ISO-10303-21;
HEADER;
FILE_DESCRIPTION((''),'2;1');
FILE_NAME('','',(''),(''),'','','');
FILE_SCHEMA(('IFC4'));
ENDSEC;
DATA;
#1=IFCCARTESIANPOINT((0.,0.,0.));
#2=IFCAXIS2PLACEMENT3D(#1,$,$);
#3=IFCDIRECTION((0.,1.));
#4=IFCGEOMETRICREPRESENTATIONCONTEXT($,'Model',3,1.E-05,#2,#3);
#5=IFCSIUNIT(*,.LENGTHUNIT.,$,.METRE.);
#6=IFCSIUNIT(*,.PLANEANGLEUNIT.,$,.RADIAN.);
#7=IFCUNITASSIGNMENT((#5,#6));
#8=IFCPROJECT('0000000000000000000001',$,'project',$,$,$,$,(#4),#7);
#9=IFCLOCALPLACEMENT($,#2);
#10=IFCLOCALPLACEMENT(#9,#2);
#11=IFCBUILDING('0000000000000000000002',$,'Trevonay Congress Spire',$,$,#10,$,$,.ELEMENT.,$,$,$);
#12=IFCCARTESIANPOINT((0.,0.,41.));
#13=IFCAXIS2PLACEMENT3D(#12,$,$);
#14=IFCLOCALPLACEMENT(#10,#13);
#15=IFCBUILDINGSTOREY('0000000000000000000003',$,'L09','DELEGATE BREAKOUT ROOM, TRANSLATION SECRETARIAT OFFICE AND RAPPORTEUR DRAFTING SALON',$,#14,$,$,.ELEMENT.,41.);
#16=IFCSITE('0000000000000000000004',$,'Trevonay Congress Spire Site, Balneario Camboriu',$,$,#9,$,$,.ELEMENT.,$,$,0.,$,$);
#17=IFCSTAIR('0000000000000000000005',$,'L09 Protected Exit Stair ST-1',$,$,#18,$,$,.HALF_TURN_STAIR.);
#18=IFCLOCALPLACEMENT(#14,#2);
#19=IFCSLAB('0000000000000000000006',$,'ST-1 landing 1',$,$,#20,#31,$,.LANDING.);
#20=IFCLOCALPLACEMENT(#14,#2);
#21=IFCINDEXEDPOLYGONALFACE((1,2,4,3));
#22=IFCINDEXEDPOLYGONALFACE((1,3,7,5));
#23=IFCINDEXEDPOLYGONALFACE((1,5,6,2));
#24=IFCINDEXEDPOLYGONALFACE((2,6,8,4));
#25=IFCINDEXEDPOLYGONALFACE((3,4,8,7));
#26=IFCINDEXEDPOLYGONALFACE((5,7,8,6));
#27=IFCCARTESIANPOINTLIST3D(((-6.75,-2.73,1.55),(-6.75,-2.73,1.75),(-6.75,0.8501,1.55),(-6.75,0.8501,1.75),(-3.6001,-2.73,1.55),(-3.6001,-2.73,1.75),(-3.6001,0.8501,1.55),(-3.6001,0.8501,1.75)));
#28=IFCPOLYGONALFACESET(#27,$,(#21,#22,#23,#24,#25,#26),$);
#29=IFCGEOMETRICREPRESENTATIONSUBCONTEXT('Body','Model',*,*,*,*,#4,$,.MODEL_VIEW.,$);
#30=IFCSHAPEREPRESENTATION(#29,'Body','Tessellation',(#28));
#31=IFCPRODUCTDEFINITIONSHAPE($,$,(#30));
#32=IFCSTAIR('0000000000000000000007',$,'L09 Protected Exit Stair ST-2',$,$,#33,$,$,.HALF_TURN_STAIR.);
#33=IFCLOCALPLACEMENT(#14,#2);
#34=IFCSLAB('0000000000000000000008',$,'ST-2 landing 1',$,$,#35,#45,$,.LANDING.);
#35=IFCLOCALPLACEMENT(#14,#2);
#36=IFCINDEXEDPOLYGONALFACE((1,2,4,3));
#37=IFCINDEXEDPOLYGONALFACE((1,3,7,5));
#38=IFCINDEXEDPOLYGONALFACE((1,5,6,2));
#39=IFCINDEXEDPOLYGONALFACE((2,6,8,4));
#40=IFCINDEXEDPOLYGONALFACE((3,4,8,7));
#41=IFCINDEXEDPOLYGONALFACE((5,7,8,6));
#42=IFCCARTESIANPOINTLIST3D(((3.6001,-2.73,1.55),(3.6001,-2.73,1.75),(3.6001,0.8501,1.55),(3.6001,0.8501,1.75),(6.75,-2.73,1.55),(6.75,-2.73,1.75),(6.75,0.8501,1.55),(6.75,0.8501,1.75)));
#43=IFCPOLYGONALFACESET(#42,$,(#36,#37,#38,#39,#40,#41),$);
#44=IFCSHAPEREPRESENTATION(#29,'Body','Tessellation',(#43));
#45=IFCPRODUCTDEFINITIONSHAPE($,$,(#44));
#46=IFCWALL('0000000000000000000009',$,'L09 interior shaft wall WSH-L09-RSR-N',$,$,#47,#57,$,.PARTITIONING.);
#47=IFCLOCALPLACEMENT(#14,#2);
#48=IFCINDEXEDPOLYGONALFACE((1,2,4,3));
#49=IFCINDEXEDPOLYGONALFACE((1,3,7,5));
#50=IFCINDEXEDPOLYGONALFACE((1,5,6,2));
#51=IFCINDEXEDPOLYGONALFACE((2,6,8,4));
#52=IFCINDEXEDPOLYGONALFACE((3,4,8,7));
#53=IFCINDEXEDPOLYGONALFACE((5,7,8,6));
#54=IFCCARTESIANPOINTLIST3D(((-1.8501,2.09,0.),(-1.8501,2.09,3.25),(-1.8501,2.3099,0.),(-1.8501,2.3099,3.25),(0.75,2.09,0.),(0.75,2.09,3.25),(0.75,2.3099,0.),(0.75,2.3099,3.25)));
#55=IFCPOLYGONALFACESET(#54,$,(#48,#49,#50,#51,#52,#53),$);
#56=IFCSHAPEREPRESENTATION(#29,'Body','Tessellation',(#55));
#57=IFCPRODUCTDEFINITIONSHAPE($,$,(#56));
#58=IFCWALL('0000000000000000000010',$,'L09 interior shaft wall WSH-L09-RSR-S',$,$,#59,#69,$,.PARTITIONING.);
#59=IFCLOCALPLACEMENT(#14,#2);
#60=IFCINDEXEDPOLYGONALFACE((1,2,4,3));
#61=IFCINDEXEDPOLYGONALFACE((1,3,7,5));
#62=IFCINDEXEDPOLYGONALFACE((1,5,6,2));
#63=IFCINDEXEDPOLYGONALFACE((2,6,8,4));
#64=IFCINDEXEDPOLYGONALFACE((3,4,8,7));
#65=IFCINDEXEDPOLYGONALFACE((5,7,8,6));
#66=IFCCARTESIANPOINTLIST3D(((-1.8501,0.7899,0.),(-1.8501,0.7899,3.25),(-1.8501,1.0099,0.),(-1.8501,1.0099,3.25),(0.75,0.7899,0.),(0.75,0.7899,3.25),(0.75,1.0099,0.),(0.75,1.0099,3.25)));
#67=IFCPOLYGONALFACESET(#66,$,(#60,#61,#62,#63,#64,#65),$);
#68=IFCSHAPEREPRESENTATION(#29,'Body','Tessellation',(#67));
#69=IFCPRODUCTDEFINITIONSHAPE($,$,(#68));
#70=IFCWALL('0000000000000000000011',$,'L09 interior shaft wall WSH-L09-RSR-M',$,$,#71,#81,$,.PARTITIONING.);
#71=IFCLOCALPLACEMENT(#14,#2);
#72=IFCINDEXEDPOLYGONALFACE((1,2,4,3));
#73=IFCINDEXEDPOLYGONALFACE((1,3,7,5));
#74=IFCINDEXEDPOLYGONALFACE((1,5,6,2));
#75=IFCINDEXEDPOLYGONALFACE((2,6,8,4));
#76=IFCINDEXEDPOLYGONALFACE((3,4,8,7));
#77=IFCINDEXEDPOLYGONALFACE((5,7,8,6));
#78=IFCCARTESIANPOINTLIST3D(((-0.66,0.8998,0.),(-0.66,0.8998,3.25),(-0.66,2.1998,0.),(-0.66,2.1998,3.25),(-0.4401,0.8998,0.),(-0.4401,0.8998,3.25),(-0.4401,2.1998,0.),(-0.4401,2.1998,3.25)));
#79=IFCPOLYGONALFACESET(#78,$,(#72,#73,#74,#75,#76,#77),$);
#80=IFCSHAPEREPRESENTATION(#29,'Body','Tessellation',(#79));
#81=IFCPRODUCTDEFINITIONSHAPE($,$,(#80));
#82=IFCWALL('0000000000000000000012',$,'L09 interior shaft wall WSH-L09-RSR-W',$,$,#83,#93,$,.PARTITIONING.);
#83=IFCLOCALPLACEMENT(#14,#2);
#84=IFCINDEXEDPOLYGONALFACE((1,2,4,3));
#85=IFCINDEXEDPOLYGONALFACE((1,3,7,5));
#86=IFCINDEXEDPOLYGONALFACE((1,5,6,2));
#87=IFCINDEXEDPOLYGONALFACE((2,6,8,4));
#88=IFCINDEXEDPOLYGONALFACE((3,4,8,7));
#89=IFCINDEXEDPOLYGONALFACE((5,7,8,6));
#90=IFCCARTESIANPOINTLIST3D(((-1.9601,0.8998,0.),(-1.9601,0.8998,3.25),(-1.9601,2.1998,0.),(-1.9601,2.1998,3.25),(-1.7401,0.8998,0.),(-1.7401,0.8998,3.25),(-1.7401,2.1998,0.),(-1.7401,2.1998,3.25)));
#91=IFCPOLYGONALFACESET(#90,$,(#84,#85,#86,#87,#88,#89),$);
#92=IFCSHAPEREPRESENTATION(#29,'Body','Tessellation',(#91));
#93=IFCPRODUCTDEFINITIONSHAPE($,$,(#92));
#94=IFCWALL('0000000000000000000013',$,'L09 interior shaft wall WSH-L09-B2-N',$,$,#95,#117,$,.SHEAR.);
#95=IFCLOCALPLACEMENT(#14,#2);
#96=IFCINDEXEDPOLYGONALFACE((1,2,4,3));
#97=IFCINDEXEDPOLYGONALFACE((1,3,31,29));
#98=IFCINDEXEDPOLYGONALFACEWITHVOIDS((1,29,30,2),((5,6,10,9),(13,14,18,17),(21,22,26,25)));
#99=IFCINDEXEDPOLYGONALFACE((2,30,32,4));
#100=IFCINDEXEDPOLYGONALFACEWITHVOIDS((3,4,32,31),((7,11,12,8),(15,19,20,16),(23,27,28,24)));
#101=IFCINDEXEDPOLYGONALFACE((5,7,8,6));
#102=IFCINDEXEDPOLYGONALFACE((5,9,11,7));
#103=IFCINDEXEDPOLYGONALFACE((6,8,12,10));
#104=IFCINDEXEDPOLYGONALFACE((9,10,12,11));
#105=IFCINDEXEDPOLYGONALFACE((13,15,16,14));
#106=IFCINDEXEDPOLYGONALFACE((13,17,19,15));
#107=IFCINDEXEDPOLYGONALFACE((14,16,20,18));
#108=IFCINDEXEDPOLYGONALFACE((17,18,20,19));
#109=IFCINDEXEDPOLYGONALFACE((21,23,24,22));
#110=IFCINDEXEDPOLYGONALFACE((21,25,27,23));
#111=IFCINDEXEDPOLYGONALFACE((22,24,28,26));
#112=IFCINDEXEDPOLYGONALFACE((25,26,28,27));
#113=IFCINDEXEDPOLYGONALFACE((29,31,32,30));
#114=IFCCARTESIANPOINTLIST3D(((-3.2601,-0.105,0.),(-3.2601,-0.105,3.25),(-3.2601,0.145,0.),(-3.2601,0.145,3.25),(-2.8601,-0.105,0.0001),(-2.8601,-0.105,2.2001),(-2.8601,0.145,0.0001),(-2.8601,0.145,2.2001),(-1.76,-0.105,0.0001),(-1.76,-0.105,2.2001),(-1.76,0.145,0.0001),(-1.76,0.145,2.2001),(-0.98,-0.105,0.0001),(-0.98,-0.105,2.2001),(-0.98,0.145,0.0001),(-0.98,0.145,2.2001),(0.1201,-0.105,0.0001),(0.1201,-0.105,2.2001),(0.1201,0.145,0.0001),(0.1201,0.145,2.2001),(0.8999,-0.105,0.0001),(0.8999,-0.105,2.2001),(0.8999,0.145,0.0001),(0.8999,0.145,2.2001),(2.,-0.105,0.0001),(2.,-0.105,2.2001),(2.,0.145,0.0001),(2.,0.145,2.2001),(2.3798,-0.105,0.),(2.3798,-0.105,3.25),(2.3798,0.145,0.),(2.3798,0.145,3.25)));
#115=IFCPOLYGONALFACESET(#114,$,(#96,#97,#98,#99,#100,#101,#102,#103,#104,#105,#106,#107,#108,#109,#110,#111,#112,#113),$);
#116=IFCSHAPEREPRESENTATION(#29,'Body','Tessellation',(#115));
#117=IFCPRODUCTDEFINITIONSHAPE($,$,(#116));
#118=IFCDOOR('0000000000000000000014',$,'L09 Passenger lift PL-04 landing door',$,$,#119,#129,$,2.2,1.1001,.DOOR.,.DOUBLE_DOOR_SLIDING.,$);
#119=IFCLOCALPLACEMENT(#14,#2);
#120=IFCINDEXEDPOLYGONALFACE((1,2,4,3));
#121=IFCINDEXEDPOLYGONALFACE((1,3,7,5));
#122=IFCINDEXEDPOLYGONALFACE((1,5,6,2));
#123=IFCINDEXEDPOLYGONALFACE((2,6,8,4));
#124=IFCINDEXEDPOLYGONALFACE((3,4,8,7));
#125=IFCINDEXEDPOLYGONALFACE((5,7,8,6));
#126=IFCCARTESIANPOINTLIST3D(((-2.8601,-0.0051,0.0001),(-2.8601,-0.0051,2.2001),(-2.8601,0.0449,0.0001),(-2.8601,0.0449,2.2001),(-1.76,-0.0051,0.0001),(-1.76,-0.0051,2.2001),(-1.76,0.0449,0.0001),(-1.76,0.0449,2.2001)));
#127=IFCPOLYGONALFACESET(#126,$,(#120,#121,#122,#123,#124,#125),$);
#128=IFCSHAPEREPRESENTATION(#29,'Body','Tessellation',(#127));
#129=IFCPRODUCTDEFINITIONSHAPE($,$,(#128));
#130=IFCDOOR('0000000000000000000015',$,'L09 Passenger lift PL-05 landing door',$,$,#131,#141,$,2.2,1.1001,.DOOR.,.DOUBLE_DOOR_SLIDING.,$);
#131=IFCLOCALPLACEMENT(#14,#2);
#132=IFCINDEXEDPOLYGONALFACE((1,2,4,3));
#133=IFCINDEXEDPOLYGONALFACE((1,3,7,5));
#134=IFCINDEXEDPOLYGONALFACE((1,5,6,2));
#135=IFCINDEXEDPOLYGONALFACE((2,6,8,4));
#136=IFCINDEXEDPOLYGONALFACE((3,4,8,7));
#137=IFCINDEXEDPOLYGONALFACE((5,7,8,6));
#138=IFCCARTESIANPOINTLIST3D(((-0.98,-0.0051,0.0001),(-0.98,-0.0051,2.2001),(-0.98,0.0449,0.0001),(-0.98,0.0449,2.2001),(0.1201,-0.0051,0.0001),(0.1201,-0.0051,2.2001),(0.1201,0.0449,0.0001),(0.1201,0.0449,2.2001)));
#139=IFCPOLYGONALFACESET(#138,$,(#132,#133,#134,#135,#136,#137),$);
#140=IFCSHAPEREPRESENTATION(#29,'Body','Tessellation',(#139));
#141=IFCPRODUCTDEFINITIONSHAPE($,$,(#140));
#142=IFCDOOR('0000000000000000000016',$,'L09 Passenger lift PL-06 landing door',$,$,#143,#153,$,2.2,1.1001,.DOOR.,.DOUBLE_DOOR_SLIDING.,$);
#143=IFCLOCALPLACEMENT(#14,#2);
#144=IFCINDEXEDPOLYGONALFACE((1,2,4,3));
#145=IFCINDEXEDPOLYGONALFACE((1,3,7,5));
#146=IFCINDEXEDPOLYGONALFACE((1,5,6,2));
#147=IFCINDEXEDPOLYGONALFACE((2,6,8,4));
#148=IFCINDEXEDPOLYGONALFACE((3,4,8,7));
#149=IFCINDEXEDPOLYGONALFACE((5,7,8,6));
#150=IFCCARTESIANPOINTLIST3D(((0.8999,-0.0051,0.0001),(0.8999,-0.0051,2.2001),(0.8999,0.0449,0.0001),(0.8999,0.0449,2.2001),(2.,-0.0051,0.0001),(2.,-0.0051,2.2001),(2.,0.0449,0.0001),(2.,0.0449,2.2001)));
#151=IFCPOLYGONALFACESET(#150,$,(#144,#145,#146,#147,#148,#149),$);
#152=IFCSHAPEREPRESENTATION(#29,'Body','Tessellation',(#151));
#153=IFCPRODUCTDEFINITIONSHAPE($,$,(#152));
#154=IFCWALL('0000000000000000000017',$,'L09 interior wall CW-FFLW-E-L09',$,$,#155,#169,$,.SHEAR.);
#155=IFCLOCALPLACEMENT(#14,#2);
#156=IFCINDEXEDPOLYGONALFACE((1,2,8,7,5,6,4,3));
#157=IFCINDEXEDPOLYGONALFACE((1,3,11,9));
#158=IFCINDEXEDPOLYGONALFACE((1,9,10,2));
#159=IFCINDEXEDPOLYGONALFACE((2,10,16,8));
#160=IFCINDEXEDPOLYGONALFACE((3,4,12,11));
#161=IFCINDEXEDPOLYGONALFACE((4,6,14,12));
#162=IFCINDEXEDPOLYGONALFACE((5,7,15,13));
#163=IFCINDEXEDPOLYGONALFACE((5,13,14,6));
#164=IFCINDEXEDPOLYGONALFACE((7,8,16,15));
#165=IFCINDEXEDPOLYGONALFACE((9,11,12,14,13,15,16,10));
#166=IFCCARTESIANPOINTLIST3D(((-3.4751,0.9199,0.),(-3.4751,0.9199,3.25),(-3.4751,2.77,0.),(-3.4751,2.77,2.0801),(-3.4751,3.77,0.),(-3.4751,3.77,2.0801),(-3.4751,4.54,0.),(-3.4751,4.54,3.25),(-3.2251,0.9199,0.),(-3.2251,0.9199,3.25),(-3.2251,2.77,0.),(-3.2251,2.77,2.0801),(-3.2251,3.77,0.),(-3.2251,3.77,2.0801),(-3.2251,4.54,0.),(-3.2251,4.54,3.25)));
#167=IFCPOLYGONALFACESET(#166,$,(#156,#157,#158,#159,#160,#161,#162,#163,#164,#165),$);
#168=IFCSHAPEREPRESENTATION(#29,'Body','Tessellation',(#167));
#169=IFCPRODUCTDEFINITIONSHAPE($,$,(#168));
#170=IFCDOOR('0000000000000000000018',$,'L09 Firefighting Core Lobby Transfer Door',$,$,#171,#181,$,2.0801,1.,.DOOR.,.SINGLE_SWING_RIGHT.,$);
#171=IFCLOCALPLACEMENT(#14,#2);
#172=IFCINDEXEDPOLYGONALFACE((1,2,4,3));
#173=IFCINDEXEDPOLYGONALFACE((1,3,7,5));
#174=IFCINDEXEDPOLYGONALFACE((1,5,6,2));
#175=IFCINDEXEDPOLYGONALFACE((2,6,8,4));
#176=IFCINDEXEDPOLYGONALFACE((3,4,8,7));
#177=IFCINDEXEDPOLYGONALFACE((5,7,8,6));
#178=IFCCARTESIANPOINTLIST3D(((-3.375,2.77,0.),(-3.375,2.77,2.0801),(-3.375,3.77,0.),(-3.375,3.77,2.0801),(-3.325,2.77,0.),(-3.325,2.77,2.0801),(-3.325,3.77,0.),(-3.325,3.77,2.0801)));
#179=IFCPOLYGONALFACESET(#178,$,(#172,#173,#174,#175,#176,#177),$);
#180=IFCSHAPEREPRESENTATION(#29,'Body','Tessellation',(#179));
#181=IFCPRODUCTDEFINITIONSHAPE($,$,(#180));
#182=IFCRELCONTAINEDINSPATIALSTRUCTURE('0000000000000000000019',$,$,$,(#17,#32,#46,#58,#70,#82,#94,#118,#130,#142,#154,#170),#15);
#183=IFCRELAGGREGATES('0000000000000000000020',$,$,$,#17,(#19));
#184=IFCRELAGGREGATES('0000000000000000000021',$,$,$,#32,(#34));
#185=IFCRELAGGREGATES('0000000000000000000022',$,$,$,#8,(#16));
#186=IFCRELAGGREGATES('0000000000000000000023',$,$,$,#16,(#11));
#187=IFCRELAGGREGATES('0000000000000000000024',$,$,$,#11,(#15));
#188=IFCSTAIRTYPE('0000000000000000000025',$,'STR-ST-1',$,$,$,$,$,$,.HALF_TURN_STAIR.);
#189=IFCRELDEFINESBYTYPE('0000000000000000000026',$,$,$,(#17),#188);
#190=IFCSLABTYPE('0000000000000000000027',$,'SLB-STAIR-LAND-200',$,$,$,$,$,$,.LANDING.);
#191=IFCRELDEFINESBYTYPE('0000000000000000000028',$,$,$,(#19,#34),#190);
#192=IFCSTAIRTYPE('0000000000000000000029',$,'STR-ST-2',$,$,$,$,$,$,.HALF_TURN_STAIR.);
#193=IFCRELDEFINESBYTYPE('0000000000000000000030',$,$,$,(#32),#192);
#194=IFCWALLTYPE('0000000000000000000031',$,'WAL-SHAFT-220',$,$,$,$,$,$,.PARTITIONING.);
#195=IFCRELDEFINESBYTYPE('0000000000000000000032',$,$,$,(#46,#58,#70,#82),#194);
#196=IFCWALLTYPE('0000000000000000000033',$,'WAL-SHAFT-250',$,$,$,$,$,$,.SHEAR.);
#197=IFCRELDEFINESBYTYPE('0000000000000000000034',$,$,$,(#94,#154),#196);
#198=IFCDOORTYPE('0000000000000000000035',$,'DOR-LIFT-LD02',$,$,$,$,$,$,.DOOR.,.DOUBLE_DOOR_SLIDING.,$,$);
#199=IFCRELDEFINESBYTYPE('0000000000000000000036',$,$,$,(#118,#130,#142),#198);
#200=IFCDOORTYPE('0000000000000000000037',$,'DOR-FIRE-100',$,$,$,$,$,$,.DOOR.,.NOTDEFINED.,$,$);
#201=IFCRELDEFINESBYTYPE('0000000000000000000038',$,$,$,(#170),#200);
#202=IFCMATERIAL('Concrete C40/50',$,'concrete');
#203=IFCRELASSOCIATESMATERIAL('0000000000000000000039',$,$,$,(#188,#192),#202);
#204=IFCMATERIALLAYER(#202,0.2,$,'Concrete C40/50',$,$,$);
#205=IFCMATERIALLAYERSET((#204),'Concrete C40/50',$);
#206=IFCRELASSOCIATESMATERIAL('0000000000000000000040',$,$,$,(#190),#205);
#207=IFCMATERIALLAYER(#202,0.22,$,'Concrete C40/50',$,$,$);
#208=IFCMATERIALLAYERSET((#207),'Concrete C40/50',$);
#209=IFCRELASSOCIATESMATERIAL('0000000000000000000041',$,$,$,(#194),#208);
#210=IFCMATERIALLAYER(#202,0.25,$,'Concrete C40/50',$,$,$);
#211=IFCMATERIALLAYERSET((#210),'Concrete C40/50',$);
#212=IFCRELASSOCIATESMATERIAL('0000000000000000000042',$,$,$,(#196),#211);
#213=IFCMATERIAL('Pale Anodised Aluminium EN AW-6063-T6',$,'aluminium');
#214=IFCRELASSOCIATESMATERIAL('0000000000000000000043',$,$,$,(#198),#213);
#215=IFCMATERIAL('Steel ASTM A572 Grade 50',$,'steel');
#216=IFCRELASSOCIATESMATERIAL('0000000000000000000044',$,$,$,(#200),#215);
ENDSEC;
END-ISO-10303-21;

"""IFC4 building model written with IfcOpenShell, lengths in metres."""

from ifc_helpers import new_model, si_unit, direction, frame, frame_2d, origin, place, context, subcontext, project, spatial, polyline, rectangle, outline, extrude, material, layer, layer_set, type_object, element, fill, aggregate, save


model = new_model("IFC4")

# Units and contexts
model_context = context("Model", 3, precision=1e-05, world=origin(), true_north=direction((0.0, 1.0)))
body_context = subcontext(model_context, "Body", "Model", "MODEL_VIEW")
ifc_project = project(units=[si_unit("LENGTHUNIT", "METRE"), si_unit("PLANEANGLEUNIT", "RADIAN")], contexts=[model_context])

# Site, building, storey
site_placement = place(None, origin())
site = spatial("IfcSite", under=ifc_project, at=site_placement, Name="Trevonay Congress Spire Site, Balneario Camboriu", CompositionType="ELEMENT", RefElevation=0.0)
building_placement = place(site_placement, origin())
building = spatial("IfcBuilding", under=site, at=building_placement, Name="Trevonay Congress Spire", CompositionType="ELEMENT")
storey_placement = place(building_placement, frame((0.0, 0.0, 41.0)))
storey = spatial("IfcBuildingStorey", under=building, at=storey_placement, Name="L09", Description="DELEGATE BREAKOUT ROOM, TRANSLATION SECRETARIAT OFFICE AND RAPPORTEUR DRAFTING SALON", CompositionType="ELEMENT", Elevation=41.0)

# Stairs, slabs
ifc_material_1 = material(Name="Concrete C40/50", Category="concrete")
stair_type_1 = type_object("IfcStairType", Name="STR-ST-1", PredefinedType="HALF_TURN_STAIR", material=ifc_material_1)
stair_1_placement = place(storey_placement, origin())
stair_1 = element("IfcStair", 1, at=stair_1_placement, inside=storey, type_object=stair_type_1, Name="L09 Protected Exit Stair ST-1", PredefinedType="HALF_TURN_STAIR")
ifc_layer_1 = layer(ifc_material_1, 0.2, Name="Concrete C40/50")
ifc_layer_set_1 = layer_set([ifc_layer_1], Name="Concrete C40/50")
slab_type = type_object("IfcSlabType", Name="SLB-STAIR-LAND-200", PredefinedType="LANDING", material=ifc_layer_set_1)
slab_1_placement = place(storey_placement, frame((0.0, 0.0, 1.55)))
slab_1 = element("IfcSlab", 2, at=slab_1_placement, type_object=slab_type, Name="ST-1 landing 1", PredefinedType="LANDING", context=body_context, shape_type="SweptSolid", body=[
    extrude(outline(polyline([(-3.6001, -2.73), (-3.6001, 0.8501), (-6.75, 0.8501), (-6.75, -2.73), (-3.6001, -2.73)])), origin(), (0.0, 0.0, 1.0), 0.2),
])
aggregate(stair_1, [slab_1])
stair_type_2 = type_object("IfcStairType", Name="STR-ST-2", PredefinedType="HALF_TURN_STAIR", material=ifc_material_1)
stair_2_placement = place(storey_placement, origin())
stair_2 = element("IfcStair", 3, at=stair_2_placement, inside=storey, type_object=stair_type_2, Name="L09 Protected Exit Stair ST-2", PredefinedType="HALF_TURN_STAIR")
slab_2_placement = place(storey_placement, frame((0.0, 0.0, 1.55)))
slab_2 = element("IfcSlab", 4, at=slab_2_placement, type_object=slab_type, Name="ST-2 landing 1", PredefinedType="LANDING", context=body_context, shape_type="SweptSolid", body=[
    extrude(outline(polyline([(6.75, -2.73), (6.75, 0.8501), (3.6001, 0.8501), (3.6001, -2.73), (6.75, -2.73)])), origin(), (0.0, 0.0, 1.0), 0.2),
])
aggregate(stair_2, [slab_2])

# Walls
ifc_layer_2 = layer(ifc_material_1, 0.22, Name="Concrete C40/50")
ifc_layer_set_2 = layer_set([ifc_layer_2], Name="Concrete C40/50")
wall_type_1 = type_object("IfcWallType", Name="WAL-SHAFT-220", PredefinedType="PARTITIONING", material=ifc_layer_set_2)
for number, where, z_axis, x_axis, name in (
    (5, (-1.8501, 2.2, 0.0), (0.0, 0.0, 1.0), (1.0, 0.0, 0.0), "L09 interior shaft wall WSH-L09-RSR-N"),
    (6, (-1.8501, 0.8999, 0.0), (0.0, 0.0, 1.0), (1.0, 0.0, 0.0), "L09 interior shaft wall WSH-L09-RSR-S"),
):
    element("IfcWall", number, at=place(storey_placement, frame(where, z_axis=z_axis, x_axis=x_axis)), inside=storey, type_object=wall_type_1, Name=name, PredefinedType="PARTITIONING", context=body_context, shape_type="SweptSolid", body=[
        extrude(rectangle(XDim=2.6001, YDim=0.22, at=frame_2d((1.3, 0.0))), origin(), (0.0, 0.0, 1.0), 3.25),
    ])
for number, where, z_axis, x_axis, name in (
    (7, (-0.55, 0.8999, 0.0), (0.0, 0.0, 1.0), (0.0, 1.0, 0.0), "L09 interior shaft wall WSH-L09-RSR-M"),
    (8, (-1.8501, 0.8999, 0.0), (0.0, 0.0, 1.0), (0.0, 1.0, 0.0), "L09 interior shaft wall WSH-L09-RSR-W"),
):
    element("IfcWall", number, at=place(storey_placement, frame(where, z_axis=z_axis, x_axis=x_axis)), inside=storey, type_object=wall_type_1, Name=name, PredefinedType="PARTITIONING", context=body_context, shape_type="SweptSolid", body=[
        extrude(rectangle(XDim=1.3, YDim=0.22, at=frame_2d((0.6499, 0.0))), origin(), (0.0, 0.0, 1.0), 3.25),
    ])

# Wall, openings, doors
ifc_layer_3 = layer(ifc_material_1, 0.25, Name="Concrete C40/50")
ifc_layer_set_3 = layer_set([ifc_layer_3], Name="Concrete C40/50")
wall_type_2 = type_object("IfcWallType", Name="WAL-SHAFT-250", PredefinedType="SHEAR", material=ifc_layer_set_3)
wall_1_placement = place(storey_placement, frame((-3.26, 0.02, 0.0), z_axis=(0.0, 0.0, 1.0), x_axis=(1.0, 0.0, 0.0)))
wall_1 = element("IfcWall", 9, at=wall_1_placement, inside=storey, type_object=wall_type_2, Name="L09 interior shaft wall WSH-L09-B2-N", PredefinedType="SHEAR", context=body_context, shape_type="SweptSolid", body=[
    extrude(rectangle(XDim=5.6399, YDim=0.25, at=frame_2d((2.8198, 0.0))), origin(), (0.0, 0.0, 1.0), 3.25),
])
opening_1_placement = place(wall_1_placement, frame((0.3999, 0.0, 0.0)))
opening_1 = element("IfcOpeningElement", 10, at=opening_1_placement, cuts=wall_1, PredefinedType="OPENING", context=body_context, shape_type="SweptSolid", body=[
    extrude(rectangle(XDim=1.1001, YDim=2.2, at=frame_2d((0.55, 1.1001))), frame((0.0, 0.135, 0.0), z_axis=(0.0, -1.0, 0.0), x_axis=(1.0, 0.0, 0.0)), (0.0, 0.0, 1.0), 0.27),
])
opening_2_placement = place(wall_1_placement, frame((2.28, 0.0, 0.0)))
opening_2 = element("IfcOpeningElement", 11, at=opening_2_placement, cuts=wall_1, PredefinedType="OPENING", context=body_context, shape_type="SweptSolid", body=[
    extrude(rectangle(XDim=1.1001, YDim=2.2, at=frame_2d((0.55, 1.1001))), frame((0.0, 0.135, 0.0), z_axis=(0.0, -1.0, 0.0), x_axis=(1.0, 0.0, 0.0)), (0.0, 0.0, 1.0), 0.27),
])
opening_3_placement = place(wall_1_placement, frame((4.1599, 0.0, 0.0)))
opening_3 = element("IfcOpeningElement", 12, at=opening_3_placement, cuts=wall_1, PredefinedType="OPENING", context=body_context, shape_type="SweptSolid", body=[
    extrude(rectangle(XDim=1.1001, YDim=2.2, at=frame_2d((0.55, 1.1001))), frame((0.0, 0.135, 0.0), z_axis=(0.0, -1.0, 0.0), x_axis=(1.0, 0.0, 0.0)), (0.0, 0.0, 1.0), 0.27),
])
ifc_material_2 = material(Name="Pale Anodised Aluminium EN AW-6063-T6", Category="aluminium")
door_type_1 = type_object("IfcDoorType", Name="DOR-LIFT-LD02", OperationType="DOUBLE_DOOR_SLIDING", PredefinedType="DOOR", material=ifc_material_2)
door_1_placement = place(opening_1_placement, origin())
door_1 = element("IfcDoor", 13, at=door_1_placement, inside=storey, type_object=door_type_1, Name="L09 Passenger lift PL-04 landing door", OperationType="DOUBLE_DOOR_SLIDING", OverallHeight=2.2, OverallWidth=1.1001, PredefinedType="DOOR", context=body_context, shape_type="SweptSolid", body=[
    extrude(rectangle(XDim=1.1001, YDim=2.2, at=frame_2d((0.55, 1.1001))), frame((0.0, 0.0249, 0.0), z_axis=(0.0, -1.0, 0.0), x_axis=(1.0, 0.0, 0.0)), (0.0, 0.0, 1.0), 0.05),
])
fill(opening_1, door_1)
door_2_placement = place(opening_2_placement, origin())
door_2 = element("IfcDoor", 14, at=door_2_placement, inside=storey, type_object=door_type_1, Name="L09 Passenger lift PL-05 landing door", OperationType="DOUBLE_DOOR_SLIDING", OverallHeight=2.2, OverallWidth=1.1001, PredefinedType="DOOR", context=body_context, shape_type="SweptSolid", body=[
    extrude(rectangle(XDim=1.1001, YDim=2.2, at=frame_2d((0.55, 1.1001))), frame((0.0, 0.0249, 0.0), z_axis=(0.0, -1.0, 0.0), x_axis=(1.0, 0.0, 0.0)), (0.0, 0.0, 1.0), 0.05),
])
fill(opening_2, door_2)
door_3_placement = place(opening_3_placement, origin())
door_3 = element("IfcDoor", 15, at=door_3_placement, inside=storey, type_object=door_type_1, Name="L09 Passenger lift PL-06 landing door", OperationType="DOUBLE_DOOR_SLIDING", OverallHeight=2.2, OverallWidth=1.1001, PredefinedType="DOOR", context=body_context, shape_type="SweptSolid", body=[
    extrude(rectangle(XDim=1.1001, YDim=2.2, at=frame_2d((0.55, 1.1001))), frame((0.0, 0.0249, 0.0), z_axis=(0.0, -1.0, 0.0), x_axis=(1.0, 0.0, 0.0)), (0.0, 0.0, 1.0), 0.05),
])
fill(opening_3, door_3)

# Wall, opening, door
wall_2_placement = place(storey_placement, frame((-3.3501, 0.9199, 0.0), z_axis=(0.0, 0.0, 1.0), x_axis=(0.0, 1.0, 0.0)))
wall_2 = element("IfcWall", 16, at=wall_2_placement, inside=storey, type_object=wall_type_2, Name="L09 interior wall CW-FFLW-E-L09", PredefinedType="SHEAR", context=body_context, shape_type="SweptSolid", body=[
    extrude(rectangle(XDim=3.6201, YDim=0.25, at=frame_2d((1.8101, 0.0))), origin(), (0.0, 0.0, 1.0), 3.25),
])
opening_4_placement = place(wall_2_placement, frame((1.8501, 0.0, 0.0)))
opening_4 = element("IfcOpeningElement", 17, at=opening_4_placement, cuts=wall_2, PredefinedType="OPENING", context=body_context, shape_type="SweptSolid", body=[
    extrude(rectangle(XDim=1.0, YDim=2.0801, at=frame_2d((0.5, 1.04))), frame((0.0, 0.135, 0.0), z_axis=(0.0, -1.0, 0.0), x_axis=(1.0, 0.0, 0.0)), (0.0, 0.0, 1.0), 0.27),
])
ifc_material_3 = material(Name="Steel ASTM A572 Grade 50", Category="steel")
door_type_2 = type_object("IfcDoorType", Name="DOR-FIRE-100", OperationType="NOTDEFINED", PredefinedType="DOOR", material=ifc_material_3)
door_4_placement = place(opening_4_placement, origin())
door_4 = element("IfcDoor", 18, at=door_4_placement, inside=storey, type_object=door_type_2, Name="L09 Firefighting Core Lobby Transfer Door", OperationType="SINGLE_SWING_RIGHT", OverallHeight=2.0801, OverallWidth=1.0, PredefinedType="DOOR", context=body_context, shape_type="SweptSolid", body=[
    extrude(rectangle(XDim=1.0, YDim=2.0801, at=frame_2d((0.5, 1.04))), frame((0.0, 0.0249, 0.0), z_axis=(0.0, -1.0, 0.0), x_axis=(1.0, 0.0, 0.0)), (0.0, 0.0, 1.0), 0.05),
])
fill(opening_4, door_4)

save(model, "model.ifc")
